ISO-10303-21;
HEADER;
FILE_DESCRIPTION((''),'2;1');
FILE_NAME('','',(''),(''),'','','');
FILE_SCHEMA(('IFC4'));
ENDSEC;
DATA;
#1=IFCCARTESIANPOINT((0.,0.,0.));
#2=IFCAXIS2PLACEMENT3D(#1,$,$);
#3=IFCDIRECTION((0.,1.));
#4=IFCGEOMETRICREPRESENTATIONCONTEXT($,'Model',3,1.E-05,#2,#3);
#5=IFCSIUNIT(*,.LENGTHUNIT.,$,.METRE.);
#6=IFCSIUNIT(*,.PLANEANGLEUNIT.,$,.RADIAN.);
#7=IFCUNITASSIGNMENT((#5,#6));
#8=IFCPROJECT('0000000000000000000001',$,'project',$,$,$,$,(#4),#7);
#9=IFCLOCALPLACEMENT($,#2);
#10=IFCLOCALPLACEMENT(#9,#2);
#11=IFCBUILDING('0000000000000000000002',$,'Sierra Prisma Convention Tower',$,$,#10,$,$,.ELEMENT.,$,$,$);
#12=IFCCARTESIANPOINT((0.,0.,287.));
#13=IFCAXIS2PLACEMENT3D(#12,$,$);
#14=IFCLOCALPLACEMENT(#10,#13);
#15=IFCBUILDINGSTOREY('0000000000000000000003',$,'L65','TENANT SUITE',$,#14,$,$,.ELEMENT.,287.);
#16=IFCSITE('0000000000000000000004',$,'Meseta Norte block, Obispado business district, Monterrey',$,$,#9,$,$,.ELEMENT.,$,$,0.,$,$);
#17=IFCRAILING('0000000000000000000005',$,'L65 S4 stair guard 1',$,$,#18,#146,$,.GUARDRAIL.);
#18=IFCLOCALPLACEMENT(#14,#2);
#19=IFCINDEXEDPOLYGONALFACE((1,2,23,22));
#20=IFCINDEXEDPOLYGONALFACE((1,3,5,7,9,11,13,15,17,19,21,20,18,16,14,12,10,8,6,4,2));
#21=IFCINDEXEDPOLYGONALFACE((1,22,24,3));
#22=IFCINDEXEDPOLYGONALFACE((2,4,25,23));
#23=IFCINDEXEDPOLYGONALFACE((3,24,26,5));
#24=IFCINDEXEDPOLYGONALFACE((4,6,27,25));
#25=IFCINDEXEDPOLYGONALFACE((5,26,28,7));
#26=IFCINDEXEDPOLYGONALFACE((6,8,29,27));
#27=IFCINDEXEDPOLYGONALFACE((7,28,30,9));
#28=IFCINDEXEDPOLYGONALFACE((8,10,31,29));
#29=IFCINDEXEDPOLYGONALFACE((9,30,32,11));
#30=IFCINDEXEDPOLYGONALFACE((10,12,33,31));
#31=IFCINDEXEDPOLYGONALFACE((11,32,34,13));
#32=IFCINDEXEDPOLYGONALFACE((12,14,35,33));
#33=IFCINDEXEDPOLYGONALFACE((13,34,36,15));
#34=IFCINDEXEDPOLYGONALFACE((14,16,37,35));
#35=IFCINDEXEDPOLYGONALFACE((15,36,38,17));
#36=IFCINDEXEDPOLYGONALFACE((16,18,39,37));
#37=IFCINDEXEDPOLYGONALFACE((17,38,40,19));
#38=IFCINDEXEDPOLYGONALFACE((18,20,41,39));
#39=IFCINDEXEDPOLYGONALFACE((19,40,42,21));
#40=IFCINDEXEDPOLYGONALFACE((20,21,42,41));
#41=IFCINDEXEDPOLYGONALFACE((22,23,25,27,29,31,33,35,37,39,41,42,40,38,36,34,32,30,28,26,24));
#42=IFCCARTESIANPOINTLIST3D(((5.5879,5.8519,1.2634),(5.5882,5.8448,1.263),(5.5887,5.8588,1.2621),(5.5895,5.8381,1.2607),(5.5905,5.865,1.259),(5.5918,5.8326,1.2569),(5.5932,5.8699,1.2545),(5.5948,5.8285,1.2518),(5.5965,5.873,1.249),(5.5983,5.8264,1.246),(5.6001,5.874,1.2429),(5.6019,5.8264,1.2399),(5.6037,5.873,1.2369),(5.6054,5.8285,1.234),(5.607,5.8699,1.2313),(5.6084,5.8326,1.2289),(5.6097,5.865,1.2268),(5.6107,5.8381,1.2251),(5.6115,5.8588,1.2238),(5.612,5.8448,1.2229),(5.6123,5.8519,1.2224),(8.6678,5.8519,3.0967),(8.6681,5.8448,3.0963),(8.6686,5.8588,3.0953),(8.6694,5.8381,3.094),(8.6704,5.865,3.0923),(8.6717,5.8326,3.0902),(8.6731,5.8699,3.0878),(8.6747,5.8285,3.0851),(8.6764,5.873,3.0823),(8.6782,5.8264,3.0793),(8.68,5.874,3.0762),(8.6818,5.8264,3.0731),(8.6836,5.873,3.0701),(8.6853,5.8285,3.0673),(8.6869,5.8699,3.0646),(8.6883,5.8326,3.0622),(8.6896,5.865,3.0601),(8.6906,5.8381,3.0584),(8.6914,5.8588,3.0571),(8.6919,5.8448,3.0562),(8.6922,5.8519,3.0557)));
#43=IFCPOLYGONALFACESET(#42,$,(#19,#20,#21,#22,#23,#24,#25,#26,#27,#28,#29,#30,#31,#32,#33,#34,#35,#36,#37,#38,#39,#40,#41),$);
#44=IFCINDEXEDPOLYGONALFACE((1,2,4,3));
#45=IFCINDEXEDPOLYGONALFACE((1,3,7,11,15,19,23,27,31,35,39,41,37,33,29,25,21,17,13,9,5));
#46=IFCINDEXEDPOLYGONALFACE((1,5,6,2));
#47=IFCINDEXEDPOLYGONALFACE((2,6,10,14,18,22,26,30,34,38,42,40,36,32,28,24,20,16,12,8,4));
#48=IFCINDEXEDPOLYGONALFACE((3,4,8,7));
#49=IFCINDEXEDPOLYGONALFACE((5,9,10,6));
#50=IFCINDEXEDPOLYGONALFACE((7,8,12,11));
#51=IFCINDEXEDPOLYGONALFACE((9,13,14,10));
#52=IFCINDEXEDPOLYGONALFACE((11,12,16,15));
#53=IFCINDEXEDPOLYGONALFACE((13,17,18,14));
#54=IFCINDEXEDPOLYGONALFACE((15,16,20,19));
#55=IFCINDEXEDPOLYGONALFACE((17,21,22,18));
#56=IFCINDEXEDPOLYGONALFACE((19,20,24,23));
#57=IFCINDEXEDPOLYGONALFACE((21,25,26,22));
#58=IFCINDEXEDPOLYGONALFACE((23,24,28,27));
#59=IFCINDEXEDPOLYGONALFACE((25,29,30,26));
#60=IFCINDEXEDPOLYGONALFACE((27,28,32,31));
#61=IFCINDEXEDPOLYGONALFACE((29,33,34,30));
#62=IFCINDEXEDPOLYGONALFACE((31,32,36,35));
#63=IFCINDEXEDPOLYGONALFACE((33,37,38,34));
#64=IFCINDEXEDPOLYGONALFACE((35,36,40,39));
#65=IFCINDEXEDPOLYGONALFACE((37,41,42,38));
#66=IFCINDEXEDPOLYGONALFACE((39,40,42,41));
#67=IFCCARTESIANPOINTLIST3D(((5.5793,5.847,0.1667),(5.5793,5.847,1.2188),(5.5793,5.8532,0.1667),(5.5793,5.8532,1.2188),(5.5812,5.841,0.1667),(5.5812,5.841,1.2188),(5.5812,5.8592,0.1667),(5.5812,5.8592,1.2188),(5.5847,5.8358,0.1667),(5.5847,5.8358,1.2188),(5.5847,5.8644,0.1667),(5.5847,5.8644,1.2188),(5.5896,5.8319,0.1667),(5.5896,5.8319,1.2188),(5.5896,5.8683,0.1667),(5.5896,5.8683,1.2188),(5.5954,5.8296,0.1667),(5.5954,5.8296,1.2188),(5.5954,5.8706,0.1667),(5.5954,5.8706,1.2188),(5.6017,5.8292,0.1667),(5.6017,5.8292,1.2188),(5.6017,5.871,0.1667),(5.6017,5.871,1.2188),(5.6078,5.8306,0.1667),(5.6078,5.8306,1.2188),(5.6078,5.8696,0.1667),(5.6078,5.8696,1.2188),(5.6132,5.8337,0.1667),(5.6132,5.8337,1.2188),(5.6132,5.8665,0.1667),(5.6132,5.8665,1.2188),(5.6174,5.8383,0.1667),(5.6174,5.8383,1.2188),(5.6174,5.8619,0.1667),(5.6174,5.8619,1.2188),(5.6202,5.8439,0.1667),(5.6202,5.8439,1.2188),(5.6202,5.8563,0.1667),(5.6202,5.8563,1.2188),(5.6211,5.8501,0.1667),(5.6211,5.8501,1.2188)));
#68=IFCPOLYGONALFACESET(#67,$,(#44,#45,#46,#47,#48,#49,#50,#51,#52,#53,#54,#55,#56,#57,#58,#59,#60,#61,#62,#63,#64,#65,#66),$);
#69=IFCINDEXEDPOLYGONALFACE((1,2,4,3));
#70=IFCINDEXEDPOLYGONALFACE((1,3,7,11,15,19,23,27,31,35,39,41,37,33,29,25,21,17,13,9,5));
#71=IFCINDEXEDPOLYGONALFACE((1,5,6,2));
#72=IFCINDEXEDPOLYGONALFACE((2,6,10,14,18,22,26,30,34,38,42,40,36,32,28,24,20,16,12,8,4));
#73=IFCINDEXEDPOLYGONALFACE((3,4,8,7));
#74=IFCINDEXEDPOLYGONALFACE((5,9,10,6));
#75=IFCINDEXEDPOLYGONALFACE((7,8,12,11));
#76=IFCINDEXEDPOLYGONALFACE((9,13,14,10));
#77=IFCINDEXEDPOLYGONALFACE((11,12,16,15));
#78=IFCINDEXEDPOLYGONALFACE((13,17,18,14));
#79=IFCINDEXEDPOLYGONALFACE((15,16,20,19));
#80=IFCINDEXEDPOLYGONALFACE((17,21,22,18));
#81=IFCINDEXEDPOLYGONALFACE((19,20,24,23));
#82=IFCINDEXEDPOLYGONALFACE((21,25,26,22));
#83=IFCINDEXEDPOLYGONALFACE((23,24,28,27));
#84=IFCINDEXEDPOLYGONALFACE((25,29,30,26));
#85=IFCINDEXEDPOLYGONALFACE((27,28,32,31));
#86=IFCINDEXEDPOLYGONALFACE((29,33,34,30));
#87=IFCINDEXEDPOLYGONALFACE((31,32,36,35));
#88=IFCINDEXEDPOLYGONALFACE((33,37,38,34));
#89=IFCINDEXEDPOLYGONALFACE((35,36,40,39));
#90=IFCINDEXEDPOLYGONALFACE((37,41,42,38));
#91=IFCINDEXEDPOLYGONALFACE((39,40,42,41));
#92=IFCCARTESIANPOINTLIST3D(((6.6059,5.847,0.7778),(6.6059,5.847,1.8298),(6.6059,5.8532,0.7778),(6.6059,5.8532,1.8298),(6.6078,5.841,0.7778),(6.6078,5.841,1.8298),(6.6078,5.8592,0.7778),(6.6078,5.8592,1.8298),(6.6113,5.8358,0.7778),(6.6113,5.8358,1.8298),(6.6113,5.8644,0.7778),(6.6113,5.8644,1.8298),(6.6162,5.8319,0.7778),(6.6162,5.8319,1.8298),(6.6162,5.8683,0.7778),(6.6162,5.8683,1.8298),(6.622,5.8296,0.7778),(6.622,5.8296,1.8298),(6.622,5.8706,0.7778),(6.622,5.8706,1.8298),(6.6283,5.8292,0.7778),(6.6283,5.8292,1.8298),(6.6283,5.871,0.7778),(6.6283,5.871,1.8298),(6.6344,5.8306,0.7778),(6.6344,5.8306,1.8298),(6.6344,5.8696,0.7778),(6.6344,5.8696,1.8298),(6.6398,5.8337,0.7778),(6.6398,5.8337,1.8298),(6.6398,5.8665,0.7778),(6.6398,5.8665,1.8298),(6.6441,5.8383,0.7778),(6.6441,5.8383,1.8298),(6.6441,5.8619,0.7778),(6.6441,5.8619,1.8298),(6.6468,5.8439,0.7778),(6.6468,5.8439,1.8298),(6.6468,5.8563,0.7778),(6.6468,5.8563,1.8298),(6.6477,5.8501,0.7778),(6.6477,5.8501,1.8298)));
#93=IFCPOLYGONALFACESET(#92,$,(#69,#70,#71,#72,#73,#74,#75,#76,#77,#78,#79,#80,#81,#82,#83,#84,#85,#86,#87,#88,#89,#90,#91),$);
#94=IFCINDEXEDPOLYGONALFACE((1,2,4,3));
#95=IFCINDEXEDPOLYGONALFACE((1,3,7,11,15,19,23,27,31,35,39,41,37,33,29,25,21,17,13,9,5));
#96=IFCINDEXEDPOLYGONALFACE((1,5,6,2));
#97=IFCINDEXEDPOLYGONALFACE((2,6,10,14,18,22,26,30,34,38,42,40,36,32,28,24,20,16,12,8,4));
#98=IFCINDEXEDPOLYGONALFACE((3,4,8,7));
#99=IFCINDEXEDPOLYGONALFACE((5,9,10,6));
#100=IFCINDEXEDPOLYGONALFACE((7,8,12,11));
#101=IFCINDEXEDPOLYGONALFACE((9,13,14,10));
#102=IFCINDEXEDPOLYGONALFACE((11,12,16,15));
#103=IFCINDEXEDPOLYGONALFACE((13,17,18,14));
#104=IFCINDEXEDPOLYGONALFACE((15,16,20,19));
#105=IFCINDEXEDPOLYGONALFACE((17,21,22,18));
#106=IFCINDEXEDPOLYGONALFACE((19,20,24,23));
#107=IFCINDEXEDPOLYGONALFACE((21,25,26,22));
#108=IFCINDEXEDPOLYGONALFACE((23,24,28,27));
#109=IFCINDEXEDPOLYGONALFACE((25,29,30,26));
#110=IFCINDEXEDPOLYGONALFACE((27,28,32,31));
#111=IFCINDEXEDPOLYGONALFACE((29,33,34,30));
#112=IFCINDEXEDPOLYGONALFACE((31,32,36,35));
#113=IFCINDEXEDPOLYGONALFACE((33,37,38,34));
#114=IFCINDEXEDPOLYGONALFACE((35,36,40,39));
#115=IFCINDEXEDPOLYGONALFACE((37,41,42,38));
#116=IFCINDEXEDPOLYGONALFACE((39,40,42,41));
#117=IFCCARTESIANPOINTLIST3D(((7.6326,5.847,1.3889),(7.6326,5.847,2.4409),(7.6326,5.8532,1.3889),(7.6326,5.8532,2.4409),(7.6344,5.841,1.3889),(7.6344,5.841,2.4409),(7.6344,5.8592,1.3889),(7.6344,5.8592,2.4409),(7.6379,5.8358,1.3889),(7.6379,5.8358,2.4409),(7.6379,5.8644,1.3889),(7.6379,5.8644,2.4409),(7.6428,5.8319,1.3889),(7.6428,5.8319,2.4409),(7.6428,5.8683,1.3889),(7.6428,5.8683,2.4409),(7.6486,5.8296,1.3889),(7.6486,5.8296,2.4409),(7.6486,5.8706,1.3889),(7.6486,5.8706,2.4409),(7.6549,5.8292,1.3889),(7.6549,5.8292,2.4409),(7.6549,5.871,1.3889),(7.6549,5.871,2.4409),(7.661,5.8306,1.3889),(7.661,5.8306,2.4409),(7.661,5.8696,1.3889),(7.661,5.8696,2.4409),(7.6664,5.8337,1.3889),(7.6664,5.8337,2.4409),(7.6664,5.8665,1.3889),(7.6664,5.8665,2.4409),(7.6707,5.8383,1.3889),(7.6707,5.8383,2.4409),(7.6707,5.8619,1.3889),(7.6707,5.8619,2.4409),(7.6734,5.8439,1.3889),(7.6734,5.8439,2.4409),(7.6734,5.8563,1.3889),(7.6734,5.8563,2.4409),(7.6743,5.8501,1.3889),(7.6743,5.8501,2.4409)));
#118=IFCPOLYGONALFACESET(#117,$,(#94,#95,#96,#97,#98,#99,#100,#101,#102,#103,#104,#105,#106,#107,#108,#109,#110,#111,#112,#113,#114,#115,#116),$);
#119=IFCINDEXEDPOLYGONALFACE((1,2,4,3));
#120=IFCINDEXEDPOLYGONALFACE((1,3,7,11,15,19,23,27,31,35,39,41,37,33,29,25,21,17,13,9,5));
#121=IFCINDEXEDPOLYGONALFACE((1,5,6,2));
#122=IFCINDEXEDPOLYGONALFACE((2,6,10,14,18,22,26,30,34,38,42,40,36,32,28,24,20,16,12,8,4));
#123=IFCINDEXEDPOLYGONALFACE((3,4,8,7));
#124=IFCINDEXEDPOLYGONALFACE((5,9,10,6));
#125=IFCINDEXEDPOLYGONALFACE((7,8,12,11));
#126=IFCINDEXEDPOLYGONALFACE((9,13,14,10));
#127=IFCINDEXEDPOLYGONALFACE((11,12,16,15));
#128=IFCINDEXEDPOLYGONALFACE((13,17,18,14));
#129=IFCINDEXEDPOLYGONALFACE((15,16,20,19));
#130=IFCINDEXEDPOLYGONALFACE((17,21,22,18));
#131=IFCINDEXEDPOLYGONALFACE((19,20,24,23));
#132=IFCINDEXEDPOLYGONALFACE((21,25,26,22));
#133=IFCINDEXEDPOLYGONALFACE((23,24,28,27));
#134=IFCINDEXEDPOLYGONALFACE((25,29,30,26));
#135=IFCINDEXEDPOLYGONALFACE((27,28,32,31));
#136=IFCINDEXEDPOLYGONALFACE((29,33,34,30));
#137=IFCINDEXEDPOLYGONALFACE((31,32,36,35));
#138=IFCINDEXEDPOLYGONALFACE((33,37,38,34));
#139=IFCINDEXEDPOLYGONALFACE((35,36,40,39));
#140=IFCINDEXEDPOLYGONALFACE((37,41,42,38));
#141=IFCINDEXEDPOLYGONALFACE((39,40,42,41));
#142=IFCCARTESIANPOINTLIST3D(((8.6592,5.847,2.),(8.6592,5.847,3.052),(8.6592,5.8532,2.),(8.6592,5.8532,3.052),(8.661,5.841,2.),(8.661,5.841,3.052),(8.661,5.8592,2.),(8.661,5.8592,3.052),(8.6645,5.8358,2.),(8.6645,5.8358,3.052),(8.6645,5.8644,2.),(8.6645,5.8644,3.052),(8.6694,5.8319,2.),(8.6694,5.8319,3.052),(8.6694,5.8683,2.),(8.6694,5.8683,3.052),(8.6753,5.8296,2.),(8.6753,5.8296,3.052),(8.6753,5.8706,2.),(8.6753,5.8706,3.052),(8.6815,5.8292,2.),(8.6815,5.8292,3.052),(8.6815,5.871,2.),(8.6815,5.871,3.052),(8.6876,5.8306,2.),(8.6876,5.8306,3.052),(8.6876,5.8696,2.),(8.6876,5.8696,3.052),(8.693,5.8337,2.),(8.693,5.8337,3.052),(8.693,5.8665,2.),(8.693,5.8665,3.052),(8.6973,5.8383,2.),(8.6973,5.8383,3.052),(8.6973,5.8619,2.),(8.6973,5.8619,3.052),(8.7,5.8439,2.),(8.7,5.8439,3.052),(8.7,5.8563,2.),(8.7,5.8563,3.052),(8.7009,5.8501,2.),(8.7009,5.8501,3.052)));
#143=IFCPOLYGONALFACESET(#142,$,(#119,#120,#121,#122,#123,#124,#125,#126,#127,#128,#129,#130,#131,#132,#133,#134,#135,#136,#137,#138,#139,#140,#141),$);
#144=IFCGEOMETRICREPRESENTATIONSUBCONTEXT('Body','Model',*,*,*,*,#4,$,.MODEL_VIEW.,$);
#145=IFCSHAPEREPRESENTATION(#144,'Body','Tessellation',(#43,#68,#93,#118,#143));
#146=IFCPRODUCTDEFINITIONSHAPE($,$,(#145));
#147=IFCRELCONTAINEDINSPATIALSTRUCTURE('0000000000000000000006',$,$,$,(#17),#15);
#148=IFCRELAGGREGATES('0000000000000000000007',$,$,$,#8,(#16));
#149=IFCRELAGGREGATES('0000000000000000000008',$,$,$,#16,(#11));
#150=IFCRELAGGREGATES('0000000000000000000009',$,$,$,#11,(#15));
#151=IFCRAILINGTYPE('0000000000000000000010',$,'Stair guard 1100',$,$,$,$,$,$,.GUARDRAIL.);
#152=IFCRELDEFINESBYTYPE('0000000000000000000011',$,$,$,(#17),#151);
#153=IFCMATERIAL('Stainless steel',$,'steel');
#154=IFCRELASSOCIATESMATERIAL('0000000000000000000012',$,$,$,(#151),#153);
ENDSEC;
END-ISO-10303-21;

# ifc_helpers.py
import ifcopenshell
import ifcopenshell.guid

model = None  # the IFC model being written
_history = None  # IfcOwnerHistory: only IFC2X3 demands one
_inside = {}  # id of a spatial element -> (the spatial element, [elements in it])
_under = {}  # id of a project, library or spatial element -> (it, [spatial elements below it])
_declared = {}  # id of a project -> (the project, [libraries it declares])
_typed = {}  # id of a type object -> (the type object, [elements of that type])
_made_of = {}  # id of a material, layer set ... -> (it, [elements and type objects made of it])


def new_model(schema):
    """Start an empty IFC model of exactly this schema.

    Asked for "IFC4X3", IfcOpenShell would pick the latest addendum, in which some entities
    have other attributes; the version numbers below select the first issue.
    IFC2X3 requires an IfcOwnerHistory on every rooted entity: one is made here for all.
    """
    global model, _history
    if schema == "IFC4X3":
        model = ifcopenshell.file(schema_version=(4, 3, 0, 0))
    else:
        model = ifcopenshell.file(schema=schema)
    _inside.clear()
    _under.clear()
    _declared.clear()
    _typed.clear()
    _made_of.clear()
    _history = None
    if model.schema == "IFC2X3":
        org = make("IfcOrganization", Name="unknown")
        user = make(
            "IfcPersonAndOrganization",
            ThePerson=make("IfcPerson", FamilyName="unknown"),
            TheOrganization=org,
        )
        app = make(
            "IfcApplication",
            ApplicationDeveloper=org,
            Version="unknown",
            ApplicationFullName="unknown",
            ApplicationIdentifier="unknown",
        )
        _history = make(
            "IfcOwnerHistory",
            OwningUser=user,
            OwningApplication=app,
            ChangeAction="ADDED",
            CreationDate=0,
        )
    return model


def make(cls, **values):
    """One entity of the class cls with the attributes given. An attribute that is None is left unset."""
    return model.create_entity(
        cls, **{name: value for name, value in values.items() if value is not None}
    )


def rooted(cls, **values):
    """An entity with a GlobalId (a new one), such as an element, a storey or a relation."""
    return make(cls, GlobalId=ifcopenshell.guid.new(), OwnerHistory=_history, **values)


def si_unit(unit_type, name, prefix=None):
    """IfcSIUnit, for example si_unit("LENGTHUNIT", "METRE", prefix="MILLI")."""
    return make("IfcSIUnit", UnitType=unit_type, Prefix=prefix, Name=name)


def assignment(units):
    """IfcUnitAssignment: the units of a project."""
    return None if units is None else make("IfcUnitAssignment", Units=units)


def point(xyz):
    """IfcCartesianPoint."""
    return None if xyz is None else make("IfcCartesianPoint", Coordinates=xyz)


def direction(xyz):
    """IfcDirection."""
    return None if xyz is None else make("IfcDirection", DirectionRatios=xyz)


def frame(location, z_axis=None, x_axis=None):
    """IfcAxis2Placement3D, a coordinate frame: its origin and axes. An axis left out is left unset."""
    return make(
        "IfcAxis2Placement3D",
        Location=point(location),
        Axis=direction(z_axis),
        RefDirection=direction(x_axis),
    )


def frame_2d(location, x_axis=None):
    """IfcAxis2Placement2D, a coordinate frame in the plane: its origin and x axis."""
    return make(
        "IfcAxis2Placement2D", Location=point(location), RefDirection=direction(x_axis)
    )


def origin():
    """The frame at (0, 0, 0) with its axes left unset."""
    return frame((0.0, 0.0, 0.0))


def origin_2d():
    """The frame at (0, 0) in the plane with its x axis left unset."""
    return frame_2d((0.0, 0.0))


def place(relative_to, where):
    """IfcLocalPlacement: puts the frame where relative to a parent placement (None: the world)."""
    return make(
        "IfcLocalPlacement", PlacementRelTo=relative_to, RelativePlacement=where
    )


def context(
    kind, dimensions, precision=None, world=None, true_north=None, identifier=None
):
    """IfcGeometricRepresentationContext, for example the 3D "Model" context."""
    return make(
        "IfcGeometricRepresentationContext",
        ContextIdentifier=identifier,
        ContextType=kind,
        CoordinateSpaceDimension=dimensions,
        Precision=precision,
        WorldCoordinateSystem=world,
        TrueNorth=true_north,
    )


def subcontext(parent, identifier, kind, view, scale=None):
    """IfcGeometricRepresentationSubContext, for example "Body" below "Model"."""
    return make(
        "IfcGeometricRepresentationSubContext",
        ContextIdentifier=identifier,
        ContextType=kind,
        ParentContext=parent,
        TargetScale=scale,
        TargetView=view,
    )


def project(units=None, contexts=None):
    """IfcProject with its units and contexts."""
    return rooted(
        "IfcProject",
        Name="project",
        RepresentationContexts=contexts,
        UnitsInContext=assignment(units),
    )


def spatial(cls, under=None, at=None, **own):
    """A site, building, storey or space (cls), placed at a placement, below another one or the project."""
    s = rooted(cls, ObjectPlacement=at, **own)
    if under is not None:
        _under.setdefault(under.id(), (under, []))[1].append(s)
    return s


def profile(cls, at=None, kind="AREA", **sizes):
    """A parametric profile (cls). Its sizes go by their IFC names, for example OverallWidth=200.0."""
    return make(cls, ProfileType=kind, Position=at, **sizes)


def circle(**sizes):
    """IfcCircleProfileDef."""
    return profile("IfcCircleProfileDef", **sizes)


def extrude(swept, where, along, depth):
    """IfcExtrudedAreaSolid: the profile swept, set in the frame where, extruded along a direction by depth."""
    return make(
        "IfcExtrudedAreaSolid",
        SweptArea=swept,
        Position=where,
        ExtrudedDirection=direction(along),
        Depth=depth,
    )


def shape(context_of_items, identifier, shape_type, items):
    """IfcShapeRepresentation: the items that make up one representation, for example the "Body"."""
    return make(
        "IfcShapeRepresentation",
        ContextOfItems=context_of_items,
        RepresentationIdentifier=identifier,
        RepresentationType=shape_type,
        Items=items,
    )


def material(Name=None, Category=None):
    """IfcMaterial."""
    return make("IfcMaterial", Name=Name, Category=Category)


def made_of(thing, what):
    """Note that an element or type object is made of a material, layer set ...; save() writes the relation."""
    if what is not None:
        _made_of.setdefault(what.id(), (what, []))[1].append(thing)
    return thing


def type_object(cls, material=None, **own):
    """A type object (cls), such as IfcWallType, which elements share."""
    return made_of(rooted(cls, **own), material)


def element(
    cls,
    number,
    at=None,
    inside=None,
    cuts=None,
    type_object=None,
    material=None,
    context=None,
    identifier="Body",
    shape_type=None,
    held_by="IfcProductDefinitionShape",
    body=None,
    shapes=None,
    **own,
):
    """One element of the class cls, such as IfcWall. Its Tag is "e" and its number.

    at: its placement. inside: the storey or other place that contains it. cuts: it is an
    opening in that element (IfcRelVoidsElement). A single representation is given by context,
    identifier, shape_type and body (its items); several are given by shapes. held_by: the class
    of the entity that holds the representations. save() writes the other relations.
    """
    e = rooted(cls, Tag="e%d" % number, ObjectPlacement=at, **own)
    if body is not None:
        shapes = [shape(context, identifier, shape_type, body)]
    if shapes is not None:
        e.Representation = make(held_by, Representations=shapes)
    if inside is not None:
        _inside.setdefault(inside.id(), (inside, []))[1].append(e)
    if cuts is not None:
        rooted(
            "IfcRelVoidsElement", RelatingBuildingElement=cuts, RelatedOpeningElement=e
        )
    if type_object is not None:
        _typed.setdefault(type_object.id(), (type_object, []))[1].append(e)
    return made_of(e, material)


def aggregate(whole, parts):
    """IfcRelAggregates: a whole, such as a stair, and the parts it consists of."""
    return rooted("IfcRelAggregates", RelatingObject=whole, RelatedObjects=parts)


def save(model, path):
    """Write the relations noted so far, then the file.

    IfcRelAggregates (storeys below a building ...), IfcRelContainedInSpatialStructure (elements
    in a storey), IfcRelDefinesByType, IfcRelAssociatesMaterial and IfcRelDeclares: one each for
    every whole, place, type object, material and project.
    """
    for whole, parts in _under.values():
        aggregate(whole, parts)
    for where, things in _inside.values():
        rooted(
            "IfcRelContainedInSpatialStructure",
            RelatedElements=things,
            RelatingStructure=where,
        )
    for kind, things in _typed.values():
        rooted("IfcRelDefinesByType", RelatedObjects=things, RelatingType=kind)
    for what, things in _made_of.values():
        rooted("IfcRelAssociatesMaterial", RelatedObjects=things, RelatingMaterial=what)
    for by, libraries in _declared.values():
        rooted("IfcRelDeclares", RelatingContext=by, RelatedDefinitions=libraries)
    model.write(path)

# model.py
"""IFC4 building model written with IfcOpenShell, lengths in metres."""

from ifc_helpers import new_model, si_unit, direction, frame, origin, origin_2d, place, context, subcontext, project, spatial, circle, extrude, material, type_object, element, save


model = new_model("IFC4")

# Units and contexts
model_context = context("Model", 3, precision=1e-05, world=origin(), true_north=direction((0.0, 1.0)))
body_context = subcontext(model_context, "Body", "Model", "MODEL_VIEW")
ifc_project = project(units=[si_unit("LENGTHUNIT", "METRE"), si_unit("PLANEANGLEUNIT", "RADIAN")], contexts=[model_context])

# Site, building, storey
site_placement = place(None, origin())
site = spatial("IfcSite", under=ifc_project, at=site_placement, Name="Meseta Norte block, Obispado business district, Monterrey", CompositionType="ELEMENT", RefElevation=0.0)
building_placement = place(site_placement, origin())
building = spatial("IfcBuilding", under=site, at=building_placement, Name="Sierra Prisma Convention Tower", CompositionType="ELEMENT")
storey_placement = place(building_placement, frame((0.0, 0.0, 287.0)))
storey = spatial("IfcBuildingStorey", under=building, at=storey_placement, Name="L65", Description="TENANT SUITE", CompositionType="ELEMENT", Elevation=287.0)

# Railing
ifc_material_1 = material(Name="Stainless steel", Category="steel")
railing_type = type_object("IfcRailingType", Name="Stair guard 1100", PredefinedType="GUARDRAIL", material=ifc_material_1)
railing_1_placement = place(storey_placement, frame((5.6001, 5.8501, 0.1667)))
element("IfcRailing", 1, at=railing_1_placement, inside=storey, type_object=railing_type, Name="L65 S4 stair guard 1", PredefinedType="GUARDRAIL", context=body_context, shape_type="SweptSolid", body=[
    extrude(circle(Radius=0.0239, at=origin_2d()), frame((0.0, 0.0, 1.0762), z_axis=(0.859291, 0.0, 0.511487), x_axis=(0.0, 1.0, 0.0)), (0.0, 0.0, 1.0), 3.5842),
    extrude(circle(Radius=0.021, at=origin_2d()), origin(), (0.0, 0.0, 1.0), 1.052),
    extrude(circle(Radius=0.021, at=origin_2d()), frame((1.0266, 0.0, 0.6111)), (0.0, 0.0, 1.0), 1.052),
    extrude(circle(Radius=0.021, at=origin_2d()), frame((2.0532, 0.0, 1.2222)), (0.0, 0.0, 1.0), 1.052),
    extrude(circle(Radius=0.021, at=origin_2d()), frame((3.0798, 0.0, 1.8333)), (0.0, 0.0, 1.0), 1.052),
])

save(model, "model.ifc")
